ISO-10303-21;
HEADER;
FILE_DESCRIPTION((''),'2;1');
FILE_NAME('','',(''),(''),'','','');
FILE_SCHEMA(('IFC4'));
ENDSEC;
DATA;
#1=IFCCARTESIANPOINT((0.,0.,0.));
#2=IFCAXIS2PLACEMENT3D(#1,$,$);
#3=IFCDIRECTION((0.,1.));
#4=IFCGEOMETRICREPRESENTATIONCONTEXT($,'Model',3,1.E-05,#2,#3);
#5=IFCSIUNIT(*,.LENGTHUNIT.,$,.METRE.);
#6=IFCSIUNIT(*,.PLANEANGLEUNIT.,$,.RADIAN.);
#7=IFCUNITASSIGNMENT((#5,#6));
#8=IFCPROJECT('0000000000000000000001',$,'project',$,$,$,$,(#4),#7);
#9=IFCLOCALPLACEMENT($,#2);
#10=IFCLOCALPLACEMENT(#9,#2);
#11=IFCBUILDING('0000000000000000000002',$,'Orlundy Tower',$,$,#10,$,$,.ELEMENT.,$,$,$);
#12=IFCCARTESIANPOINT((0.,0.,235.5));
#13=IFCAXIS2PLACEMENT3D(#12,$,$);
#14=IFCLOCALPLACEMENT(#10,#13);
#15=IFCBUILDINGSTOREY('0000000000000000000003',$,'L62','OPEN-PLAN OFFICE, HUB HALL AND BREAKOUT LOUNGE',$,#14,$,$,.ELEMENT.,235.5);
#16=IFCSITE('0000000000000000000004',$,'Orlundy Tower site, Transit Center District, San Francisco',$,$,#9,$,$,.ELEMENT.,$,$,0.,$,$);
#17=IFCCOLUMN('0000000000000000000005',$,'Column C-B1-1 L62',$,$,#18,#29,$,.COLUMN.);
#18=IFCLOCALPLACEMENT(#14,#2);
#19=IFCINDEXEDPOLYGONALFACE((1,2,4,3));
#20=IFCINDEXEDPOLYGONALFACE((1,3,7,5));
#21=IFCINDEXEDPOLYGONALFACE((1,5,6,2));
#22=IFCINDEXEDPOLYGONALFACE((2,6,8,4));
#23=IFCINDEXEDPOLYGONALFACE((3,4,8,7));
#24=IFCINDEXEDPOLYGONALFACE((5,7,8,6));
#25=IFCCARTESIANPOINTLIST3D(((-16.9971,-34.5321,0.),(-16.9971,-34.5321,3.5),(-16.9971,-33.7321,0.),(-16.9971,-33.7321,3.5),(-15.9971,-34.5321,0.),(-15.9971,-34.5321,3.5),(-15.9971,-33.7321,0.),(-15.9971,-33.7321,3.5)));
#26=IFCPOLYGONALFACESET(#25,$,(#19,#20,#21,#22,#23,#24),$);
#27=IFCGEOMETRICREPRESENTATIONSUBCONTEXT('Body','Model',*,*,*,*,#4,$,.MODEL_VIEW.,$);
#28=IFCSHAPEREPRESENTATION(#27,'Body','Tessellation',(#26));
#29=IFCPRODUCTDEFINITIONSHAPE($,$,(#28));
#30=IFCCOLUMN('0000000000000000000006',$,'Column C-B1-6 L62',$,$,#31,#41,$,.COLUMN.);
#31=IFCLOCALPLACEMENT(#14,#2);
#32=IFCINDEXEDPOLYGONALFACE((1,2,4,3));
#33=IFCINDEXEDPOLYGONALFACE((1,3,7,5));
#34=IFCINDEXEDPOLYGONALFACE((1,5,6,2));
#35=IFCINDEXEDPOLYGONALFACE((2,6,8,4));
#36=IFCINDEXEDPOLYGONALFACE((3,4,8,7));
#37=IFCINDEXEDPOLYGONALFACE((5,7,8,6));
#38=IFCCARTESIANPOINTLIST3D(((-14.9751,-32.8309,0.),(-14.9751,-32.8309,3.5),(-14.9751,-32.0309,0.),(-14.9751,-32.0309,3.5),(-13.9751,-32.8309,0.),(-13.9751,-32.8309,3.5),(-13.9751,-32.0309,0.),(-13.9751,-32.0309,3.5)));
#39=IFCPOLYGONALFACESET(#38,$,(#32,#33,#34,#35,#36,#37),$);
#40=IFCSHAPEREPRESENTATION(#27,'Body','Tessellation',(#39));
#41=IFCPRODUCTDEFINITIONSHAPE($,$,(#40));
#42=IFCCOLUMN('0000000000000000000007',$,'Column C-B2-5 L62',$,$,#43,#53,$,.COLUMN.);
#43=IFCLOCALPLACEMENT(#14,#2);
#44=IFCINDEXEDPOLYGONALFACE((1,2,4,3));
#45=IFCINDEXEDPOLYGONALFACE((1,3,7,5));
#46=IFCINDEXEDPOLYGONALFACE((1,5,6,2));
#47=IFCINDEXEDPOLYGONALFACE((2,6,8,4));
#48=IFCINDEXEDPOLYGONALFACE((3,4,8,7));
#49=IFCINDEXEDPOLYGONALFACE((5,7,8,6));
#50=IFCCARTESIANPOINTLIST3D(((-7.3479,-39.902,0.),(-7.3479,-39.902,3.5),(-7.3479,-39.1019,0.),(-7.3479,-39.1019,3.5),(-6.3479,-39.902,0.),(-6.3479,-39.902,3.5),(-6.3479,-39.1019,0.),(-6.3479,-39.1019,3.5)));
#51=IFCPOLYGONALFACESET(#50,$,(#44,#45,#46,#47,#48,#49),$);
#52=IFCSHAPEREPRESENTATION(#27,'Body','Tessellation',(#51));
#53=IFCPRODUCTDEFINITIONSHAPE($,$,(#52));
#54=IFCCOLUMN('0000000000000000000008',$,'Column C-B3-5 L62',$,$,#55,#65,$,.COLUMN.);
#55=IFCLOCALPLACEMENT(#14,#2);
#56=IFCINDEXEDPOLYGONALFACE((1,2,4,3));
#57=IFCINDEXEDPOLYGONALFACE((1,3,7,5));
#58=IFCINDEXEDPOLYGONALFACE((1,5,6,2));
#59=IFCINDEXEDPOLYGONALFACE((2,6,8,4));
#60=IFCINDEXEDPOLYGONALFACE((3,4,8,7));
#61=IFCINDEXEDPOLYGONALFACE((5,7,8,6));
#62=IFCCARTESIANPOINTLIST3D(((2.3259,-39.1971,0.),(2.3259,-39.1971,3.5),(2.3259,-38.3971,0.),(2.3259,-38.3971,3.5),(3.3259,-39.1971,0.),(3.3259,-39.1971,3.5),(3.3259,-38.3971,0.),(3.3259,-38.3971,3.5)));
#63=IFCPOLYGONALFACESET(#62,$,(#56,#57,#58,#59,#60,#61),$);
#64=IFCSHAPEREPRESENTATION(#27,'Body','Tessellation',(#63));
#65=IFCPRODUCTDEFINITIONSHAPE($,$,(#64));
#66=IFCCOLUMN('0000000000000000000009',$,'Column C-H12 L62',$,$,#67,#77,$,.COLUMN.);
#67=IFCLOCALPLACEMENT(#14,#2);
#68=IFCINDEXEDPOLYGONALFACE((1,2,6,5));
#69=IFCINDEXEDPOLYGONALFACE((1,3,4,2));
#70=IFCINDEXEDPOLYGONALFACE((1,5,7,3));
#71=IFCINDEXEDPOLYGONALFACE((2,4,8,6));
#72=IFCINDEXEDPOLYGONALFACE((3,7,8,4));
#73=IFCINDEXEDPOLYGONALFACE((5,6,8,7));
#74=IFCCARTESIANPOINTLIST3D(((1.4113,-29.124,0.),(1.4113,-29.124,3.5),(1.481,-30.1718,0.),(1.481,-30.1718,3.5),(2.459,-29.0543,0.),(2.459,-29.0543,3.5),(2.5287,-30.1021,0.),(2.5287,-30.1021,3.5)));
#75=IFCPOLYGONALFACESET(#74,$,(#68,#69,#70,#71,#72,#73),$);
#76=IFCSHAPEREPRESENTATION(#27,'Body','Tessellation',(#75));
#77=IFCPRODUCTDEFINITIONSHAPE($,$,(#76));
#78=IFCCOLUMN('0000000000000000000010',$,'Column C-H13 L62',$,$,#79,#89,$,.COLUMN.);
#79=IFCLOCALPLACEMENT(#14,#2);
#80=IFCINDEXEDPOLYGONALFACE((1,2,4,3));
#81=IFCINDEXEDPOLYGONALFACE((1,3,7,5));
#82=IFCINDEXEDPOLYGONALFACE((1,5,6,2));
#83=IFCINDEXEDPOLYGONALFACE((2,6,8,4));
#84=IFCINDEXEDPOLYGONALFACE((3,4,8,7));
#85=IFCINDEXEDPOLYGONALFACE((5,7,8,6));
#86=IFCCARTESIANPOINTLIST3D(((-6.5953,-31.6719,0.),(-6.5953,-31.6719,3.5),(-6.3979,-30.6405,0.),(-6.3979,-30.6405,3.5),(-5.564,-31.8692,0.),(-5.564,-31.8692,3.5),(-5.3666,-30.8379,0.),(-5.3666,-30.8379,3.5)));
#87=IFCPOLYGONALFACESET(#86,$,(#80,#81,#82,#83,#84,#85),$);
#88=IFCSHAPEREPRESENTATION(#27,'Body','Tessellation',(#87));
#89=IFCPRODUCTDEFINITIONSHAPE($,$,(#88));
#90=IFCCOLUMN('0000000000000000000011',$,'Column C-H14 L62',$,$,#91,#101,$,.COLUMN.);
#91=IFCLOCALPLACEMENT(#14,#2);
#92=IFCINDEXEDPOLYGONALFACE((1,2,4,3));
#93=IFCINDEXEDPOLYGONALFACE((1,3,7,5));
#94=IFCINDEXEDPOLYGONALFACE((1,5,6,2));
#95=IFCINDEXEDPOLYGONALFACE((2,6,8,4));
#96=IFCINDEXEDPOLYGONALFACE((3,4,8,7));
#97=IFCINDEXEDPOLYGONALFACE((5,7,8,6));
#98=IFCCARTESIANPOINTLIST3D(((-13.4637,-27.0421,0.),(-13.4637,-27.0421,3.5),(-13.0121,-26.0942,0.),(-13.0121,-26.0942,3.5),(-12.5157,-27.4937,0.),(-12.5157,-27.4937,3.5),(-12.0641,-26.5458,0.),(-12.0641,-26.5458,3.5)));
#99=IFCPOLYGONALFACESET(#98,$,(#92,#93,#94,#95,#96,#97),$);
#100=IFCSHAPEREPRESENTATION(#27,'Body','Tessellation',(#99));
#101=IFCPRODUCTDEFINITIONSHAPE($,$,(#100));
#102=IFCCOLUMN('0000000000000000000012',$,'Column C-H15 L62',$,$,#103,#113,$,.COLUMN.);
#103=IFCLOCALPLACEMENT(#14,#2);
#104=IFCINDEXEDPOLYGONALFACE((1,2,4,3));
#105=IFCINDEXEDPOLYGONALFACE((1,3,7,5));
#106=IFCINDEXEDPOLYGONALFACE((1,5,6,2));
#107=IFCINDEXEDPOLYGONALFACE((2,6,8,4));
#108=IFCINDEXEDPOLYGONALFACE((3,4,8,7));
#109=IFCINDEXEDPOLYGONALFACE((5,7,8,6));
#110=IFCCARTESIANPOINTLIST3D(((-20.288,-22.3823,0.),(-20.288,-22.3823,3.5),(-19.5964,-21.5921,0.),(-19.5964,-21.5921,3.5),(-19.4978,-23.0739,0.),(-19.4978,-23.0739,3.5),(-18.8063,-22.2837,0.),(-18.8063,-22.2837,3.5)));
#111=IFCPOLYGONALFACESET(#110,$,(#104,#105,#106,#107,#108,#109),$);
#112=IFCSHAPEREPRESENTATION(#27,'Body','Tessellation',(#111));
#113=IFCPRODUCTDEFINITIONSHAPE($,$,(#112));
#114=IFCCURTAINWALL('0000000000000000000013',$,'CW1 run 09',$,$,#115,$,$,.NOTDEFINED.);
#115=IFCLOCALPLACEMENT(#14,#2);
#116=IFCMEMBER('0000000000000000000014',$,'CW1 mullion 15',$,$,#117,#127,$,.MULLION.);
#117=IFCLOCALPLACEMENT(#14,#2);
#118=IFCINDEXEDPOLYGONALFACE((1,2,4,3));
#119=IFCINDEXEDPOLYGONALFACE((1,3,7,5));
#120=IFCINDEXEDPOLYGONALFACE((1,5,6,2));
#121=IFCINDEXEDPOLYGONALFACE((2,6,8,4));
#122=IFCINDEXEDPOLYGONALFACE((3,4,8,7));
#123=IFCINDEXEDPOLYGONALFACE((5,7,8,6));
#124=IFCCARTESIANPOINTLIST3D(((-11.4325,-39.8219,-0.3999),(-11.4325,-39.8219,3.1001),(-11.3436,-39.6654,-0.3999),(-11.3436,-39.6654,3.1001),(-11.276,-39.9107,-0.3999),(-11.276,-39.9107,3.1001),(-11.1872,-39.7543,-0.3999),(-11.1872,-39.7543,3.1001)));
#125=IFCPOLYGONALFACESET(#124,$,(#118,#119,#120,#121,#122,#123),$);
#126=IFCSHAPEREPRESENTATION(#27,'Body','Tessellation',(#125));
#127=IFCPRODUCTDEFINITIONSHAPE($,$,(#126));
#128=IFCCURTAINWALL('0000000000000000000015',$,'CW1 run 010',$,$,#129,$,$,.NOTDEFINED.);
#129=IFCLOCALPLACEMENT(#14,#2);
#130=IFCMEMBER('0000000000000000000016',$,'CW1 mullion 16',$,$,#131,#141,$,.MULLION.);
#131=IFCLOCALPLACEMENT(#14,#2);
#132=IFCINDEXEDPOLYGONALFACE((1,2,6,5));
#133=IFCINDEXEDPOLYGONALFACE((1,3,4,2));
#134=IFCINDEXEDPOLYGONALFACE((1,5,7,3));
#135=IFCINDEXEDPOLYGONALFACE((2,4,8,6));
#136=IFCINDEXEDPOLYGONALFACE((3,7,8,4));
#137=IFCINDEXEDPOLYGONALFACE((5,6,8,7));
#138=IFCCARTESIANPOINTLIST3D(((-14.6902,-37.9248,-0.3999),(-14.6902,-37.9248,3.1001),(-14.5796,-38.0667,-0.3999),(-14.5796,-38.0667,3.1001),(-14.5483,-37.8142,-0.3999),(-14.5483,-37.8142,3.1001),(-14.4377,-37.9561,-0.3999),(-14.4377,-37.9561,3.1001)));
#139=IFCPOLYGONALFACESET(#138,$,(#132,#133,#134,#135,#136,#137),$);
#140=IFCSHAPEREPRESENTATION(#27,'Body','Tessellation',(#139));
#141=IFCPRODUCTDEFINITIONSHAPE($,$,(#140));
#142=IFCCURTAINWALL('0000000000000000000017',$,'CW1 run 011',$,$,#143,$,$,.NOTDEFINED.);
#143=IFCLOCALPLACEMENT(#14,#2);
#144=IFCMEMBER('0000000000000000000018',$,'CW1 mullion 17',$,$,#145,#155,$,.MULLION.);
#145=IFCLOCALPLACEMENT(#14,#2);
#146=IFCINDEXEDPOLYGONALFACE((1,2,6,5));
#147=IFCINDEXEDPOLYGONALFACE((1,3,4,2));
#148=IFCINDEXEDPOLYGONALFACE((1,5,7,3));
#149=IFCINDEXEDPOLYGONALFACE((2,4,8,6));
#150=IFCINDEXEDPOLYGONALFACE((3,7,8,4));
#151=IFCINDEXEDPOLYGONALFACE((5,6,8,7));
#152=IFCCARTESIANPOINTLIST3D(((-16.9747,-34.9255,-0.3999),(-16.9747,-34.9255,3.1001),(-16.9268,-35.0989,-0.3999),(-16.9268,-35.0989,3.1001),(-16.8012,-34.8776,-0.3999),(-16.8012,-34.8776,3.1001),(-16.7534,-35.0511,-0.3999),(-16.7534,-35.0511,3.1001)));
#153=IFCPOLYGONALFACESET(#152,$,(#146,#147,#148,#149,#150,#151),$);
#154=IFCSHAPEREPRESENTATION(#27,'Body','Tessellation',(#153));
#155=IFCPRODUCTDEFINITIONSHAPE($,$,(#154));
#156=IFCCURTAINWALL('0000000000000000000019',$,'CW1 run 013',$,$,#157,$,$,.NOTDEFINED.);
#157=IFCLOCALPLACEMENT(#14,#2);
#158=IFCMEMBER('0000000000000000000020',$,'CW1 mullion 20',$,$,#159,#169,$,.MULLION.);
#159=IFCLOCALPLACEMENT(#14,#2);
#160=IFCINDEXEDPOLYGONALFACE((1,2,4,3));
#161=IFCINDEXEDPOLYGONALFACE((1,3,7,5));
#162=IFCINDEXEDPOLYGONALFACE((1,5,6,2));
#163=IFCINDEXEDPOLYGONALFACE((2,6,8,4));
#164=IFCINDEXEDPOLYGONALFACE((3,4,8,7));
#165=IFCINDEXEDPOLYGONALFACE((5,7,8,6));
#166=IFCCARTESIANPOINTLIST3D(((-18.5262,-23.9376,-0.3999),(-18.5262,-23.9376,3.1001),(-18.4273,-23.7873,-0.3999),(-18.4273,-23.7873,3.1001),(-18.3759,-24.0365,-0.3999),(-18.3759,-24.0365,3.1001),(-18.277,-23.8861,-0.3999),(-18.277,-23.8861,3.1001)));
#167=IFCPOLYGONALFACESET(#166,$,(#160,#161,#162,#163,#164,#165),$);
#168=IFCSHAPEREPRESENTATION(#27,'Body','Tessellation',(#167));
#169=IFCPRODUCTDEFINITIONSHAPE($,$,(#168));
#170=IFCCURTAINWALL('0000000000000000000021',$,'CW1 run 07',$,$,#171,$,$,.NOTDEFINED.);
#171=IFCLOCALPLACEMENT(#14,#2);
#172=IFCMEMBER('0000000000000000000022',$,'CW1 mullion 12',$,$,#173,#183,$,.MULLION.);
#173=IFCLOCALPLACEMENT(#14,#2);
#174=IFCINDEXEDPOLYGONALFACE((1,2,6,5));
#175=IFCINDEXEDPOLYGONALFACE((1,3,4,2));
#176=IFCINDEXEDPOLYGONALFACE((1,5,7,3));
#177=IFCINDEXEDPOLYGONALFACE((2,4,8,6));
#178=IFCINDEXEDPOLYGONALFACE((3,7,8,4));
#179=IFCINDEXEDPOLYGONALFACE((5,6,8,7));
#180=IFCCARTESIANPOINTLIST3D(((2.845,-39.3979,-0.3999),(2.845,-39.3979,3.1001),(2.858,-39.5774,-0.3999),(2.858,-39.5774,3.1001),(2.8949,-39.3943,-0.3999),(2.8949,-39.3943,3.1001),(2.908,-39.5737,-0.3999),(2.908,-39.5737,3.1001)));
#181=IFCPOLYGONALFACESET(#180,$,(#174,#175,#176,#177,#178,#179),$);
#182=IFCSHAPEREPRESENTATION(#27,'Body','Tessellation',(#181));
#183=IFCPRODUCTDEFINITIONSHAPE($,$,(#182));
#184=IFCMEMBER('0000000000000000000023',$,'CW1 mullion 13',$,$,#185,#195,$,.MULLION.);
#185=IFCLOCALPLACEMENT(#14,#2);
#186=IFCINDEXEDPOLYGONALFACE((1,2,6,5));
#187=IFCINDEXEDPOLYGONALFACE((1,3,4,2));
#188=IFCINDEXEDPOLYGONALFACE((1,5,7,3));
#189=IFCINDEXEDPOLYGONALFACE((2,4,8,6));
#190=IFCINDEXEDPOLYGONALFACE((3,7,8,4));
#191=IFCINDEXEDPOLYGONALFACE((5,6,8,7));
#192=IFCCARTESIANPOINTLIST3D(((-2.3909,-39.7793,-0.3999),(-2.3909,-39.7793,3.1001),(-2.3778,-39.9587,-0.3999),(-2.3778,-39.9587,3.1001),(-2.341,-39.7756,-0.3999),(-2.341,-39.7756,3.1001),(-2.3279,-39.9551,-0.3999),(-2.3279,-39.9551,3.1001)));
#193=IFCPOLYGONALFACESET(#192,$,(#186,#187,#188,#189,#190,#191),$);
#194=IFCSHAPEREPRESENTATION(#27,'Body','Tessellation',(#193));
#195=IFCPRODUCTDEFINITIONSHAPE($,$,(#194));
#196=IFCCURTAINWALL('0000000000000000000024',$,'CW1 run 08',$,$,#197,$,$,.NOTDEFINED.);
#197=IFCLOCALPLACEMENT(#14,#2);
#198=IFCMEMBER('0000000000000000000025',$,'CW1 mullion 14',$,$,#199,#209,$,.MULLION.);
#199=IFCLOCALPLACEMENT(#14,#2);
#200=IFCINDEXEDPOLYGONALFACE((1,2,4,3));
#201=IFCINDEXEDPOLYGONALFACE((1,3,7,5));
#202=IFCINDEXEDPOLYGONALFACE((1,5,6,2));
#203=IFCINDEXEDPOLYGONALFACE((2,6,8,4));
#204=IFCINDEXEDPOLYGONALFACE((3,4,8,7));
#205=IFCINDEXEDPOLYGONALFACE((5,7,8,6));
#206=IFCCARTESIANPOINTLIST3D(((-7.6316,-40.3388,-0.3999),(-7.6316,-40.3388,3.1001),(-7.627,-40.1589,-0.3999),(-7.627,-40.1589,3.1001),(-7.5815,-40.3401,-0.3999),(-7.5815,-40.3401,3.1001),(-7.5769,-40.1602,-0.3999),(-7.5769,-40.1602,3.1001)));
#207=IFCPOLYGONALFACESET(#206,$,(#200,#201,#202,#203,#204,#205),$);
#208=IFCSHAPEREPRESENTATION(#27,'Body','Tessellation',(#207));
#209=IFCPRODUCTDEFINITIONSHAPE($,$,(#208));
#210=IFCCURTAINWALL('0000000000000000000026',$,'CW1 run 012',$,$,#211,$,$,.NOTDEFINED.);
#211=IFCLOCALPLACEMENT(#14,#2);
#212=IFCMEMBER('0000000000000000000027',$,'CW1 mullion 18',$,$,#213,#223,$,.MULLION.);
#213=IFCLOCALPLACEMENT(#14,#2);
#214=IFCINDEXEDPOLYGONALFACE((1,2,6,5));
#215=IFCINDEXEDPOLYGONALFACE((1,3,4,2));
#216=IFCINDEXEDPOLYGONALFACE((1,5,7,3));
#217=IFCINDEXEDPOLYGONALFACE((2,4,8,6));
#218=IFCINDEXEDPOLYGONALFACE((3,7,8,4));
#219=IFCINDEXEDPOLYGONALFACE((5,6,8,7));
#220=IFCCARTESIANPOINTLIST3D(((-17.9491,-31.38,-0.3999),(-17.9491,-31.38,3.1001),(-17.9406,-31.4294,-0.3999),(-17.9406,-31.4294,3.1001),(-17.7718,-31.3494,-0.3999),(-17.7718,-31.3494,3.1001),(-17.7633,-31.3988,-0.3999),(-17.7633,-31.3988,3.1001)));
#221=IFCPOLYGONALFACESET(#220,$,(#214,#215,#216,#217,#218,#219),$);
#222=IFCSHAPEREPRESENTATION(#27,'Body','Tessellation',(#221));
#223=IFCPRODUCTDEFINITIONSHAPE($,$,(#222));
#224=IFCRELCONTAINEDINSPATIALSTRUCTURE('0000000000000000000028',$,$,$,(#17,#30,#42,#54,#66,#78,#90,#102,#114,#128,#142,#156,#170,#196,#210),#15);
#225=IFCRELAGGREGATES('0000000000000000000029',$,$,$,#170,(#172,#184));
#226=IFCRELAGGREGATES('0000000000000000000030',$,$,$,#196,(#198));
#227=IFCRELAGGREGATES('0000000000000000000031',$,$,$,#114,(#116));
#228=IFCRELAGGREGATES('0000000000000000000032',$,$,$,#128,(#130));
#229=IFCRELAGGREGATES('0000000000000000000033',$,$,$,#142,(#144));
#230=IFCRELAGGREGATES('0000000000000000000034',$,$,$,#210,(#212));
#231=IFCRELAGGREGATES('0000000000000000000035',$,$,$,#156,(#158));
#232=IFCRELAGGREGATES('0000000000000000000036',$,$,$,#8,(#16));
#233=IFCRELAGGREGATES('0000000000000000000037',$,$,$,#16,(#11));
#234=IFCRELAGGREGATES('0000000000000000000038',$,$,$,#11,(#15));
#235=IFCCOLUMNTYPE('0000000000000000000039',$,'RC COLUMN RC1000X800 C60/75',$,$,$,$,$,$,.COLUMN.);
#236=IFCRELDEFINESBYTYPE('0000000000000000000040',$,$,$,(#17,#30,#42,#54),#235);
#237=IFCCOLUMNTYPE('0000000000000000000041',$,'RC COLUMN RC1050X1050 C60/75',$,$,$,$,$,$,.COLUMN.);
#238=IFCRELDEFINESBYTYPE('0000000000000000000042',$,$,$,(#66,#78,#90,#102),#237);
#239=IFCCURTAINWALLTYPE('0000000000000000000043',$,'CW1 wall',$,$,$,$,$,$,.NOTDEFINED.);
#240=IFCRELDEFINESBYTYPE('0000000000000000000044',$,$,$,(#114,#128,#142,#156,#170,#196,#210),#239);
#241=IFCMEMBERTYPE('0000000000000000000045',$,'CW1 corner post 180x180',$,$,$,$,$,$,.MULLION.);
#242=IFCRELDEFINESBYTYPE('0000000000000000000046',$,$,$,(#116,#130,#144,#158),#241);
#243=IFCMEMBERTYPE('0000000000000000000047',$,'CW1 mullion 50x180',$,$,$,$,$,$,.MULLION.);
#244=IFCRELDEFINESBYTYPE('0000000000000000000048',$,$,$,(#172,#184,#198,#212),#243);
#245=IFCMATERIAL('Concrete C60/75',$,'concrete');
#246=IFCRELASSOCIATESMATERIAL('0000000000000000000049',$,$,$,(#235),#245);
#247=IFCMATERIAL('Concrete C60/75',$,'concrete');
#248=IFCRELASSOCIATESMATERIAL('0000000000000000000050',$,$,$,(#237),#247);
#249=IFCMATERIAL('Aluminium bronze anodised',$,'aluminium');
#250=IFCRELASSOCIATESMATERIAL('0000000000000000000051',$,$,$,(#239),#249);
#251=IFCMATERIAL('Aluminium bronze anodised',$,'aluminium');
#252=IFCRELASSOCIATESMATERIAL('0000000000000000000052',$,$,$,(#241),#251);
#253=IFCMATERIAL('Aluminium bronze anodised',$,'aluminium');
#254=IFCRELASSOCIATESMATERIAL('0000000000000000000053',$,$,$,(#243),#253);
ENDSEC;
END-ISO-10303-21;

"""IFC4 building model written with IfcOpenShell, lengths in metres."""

from ifc_helpers import new_model, si_unit, direction, frame, origin, origin_2d, place, context, subcontext, project, spatial, rectangle, extrude, material, material_profile, profile_set, type_object, element, aggregate, save


model = new_model("IFC4")

# Units and contexts
model_context = context("Model", 3, precision=1e-05, world=origin(), true_north=direction((0.0, 1.0)))
body_context = subcontext(model_context, "Body", "Model", "MODEL_VIEW")
ifc_project = project(units=[si_unit("LENGTHUNIT", "METRE"), si_unit("PLANEANGLEUNIT", "RADIAN")], contexts=[model_context])

# Site, building, storey
site_placement = place(None, origin())
site = spatial("IfcSite", under=ifc_project, at=site_placement, Name="Orlundy Tower site, Transit Center District, San Francisco", CompositionType="ELEMENT", RefElevation=0.0)
building_placement = place(site_placement, origin())
building = spatial("IfcBuilding", under=site, at=building_placement, Name="Orlundy Tower", CompositionType="ELEMENT")
storey_placement = place(building_placement, frame((0.0, 0.0, 235.5)))
storey = spatial("IfcBuildingStorey", under=building, at=storey_placement, Name="L62", Description="OPEN-PLAN OFFICE, HUB HALL AND BREAKOUT LOUNGE", CompositionType="ELEMENT", Elevation=235.5)

# Columns
ifc_material_1 = material(Name="Concrete C60/75", Category="concrete")
ifc_material_profile_1 = material_profile(ifc_material_1, rectangle(XDim=1.0, YDim=0.8, at=origin_2d()), Name="RC1000X800")
ifc_profile_set_1 = profile_set([ifc_material_profile_1], Name="Concrete C60/75")
column_type_1 = type_object("IfcColumnType", Name="RC COLUMN RC1000X800 C60/75", PredefinedType="COLUMN", material=ifc_profile_set_1)
for number, where, z_axis, x_axis, name in (
    (1, (-16.4971, -34.1321, 0.0), (0.0, 0.0, 1.0), (1.0, 0.0, 0.0), "Column C-B1-1 L62"),
    (2, (-14.4751, -32.4309, 0.0), (0.0, 0.0, 1.0), (1.0, 0.0, 0.0), "Column C-B1-6 L62"),
    (3, (-6.8479, -39.502, 0.0), (0.0, 0.0, 1.0), (1.0, 0.0, 0.0), "Column C-B2-5 L62"),
    (4, (2.8259, -38.7971, 0.0), (0.0, 0.0, 1.0), (1.0, 0.0, 0.0), "Column C-B3-5 L62"),
):
    element("IfcColumn", number, at=place(storey_placement, frame(where, z_axis=z_axis, x_axis=x_axis)), inside=storey, type_object=column_type_1, Name=name, PredefinedType="COLUMN", context=body_context, shape_type="SweptSolid", body=[
        extrude(rectangle(XDim=1.0, YDim=0.8, at=origin_2d()), origin(), (0.0, 0.0, 1.0), 3.5),
    ])
ifc_material_2 = material(Name="Concrete C60/75", Category="concrete")
ifc_material_profile_2 = material_profile(ifc_material_2, rectangle(XDim=1.05, YDim=1.05, at=origin_2d()), Name="RC1050X1050")
ifc_profile_set_2 = profile_set([ifc_material_profile_2], Name="Concrete C60/75")
column_type_2 = type_object("IfcColumnType", Name="RC COLUMN RC1050X1050 C60/75", PredefinedType="COLUMN", material=ifc_profile_set_2)
for number, where, z_axis, x_axis, name in (
    (5, (1.97, -29.613, 0.0), (0.0, 0.0, 1.0), (0.066378, -0.997795, 0.0), "Column C-H12 L62"),
    (6, (-5.981, -31.2549, 0.0), (0.0, 0.0, 1.0), (-0.187947, -0.982179, 0.0), "Column C-H13 L62"),
    (7, (-12.7639, -26.7939, 0.0), (0.0, 0.0, 1.0), (-0.43007, -0.902796, 0.0), "Column C-H14 L62"),
    (8, (-19.5471, -22.333, 0.0), (0.0, 0.0, 1.0), (-0.658611, -0.752484, 0.0), "Column C-H15 L62"),
):
    element("IfcColumn", number, at=place(storey_placement, frame(where, z_axis=z_axis, x_axis=x_axis)), inside=storey, type_object=column_type_2, Name=name, PredefinedType="COLUMN", context=body_context, shape_type="SweptSolid", body=[
        extrude(rectangle(XDim=1.05, YDim=1.05, at=origin_2d()), origin(), (0.0, 0.0, 1.0), 3.5),
    ])

# Curtain walls, members
ifc_material_3 = material(Name="Aluminium bronze anodised", Category="aluminium")
curtain_wall_type = type_object("IfcCurtainWallType", Name="CW1 wall", PredefinedType="NOTDEFINED", material=ifc_material_3)
curtain_wall_1_placement = place(storey_placement, origin())
curtain_wall_1 = element("IfcCurtainWall", 9, at=curtain_wall_1_placement, inside=storey, type_object=curtain_wall_type, Name="CW1 run 09", PredefinedType="NOTDEFINED")
ifc_material_4 = material(Name="Aluminium bronze anodised", Category="aluminium")
ifc_material_profile_3 = material_profile(ifc_material_4, rectangle(XDim=0.1799, YDim=0.1799, at=origin_2d()), Name="CW1 corner post 180x180")
ifc_profile_set_3 = profile_set([ifc_material_profile_3], Name="Aluminium bronze anodised")
member_type_1 = type_object("IfcMemberType", Name="CW1 corner post 180x180", PredefinedType="MULLION", material=ifc_profile_set_3)
member_1_placement = place(storey_placement, frame((-11.3098, -39.7881, -0.3999), z_axis=(0.0, 0.0, 1.0), x_axis=(-0.493754, -0.869601, 0.0)))
member_1 = element("IfcMember", 10, at=member_1_placement, type_object=member_type_1, Name="CW1 mullion 15", PredefinedType="MULLION", context=body_context, shape_type="SweptSolid", body=[
    extrude(rectangle(XDim=0.1799, YDim=0.1799, at=origin_2d()), origin(), (0.0, 0.0, 1.0), 3.5),
])
curtain_wall_2_placement = place(storey_placement, origin())
curtain_wall_2 = element("IfcCurtainWall", 11, at=curtain_wall_2_placement, inside=storey, type_object=curtain_wall_type, Name="CW1 run 010", PredefinedType="NOTDEFINED")
member_2_placement = place(storey_placement, frame((-14.564, -37.9404, -0.3999), z_axis=(0.0, 0.0, 1.0), x_axis=(-0.788858, -0.614575, 0.0)))
member_2 = element("IfcMember", 12, at=member_2_placement, type_object=member_type_1, Name="CW1 mullion 16", PredefinedType="MULLION", context=body_context, shape_type="SweptSolid", body=[
    extrude(rectangle(XDim=0.1799, YDim=0.1799, at=origin_2d()), origin(), (0.0, 0.0, 1.0), 3.5),
])
curtain_wall_3_placement = place(storey_placement, origin())
curtain_wall_3 = element("IfcCurtainWall", 13, at=curtain_wall_3_placement, inside=storey, type_object=curtain_wall_type, Name="CW1 run 011", PredefinedType="NOTDEFINED")
member_3_placement = place(storey_placement, frame((-16.864, -34.9883, -0.3999), z_axis=(0.0, 0.0, 1.0), x_axis=(-0.964038, -0.265765, 0.0)))
member_3 = element("IfcMember", 14, at=member_3_placement, type_object=member_type_1, Name="CW1 mullion 17", PredefinedType="MULLION", context=body_context, shape_type="SweptSolid", body=[
    extrude(rectangle(XDim=0.1799, YDim=0.1799, at=origin_2d()), origin(), (0.0, 0.0, 1.0), 3.5),
])
curtain_wall_4_placement = place(storey_placement, origin())
curtain_wall_4 = element("IfcCurtainWall", 15, at=curtain_wall_4_placement, inside=storey, type_object=curtain_wall_type, Name="CW1 run 013", PredefinedType="NOTDEFINED")
member_4_placement = place(storey_placement, frame((-18.4016, -23.9119, -0.3999), z_axis=(0.0, 0.0, 1.0), x_axis=(-0.549527, -0.835476, 0.0)))
member_4 = element("IfcMember", 16, at=member_4_placement, type_object=member_type_1, Name="CW1 mullion 20", PredefinedType="MULLION", context=body_context, shape_type="SweptSolid", body=[
    extrude(rectangle(XDim=0.1799, YDim=0.1799, at=origin_2d()), origin(), (0.0, 0.0, 1.0), 3.5),
])

# Curtain wall, members
curtain_wall_5_placement = place(storey_placement, origin())
curtain_wall_5 = element("IfcCurtainWall", 17, at=curtain_wall_5_placement, inside=storey, type_object=curtain_wall_type, Name="CW1 run 07", PredefinedType="NOTDEFINED")
ifc_material_5 = material(Name="Aluminium bronze anodised", Category="aluminium")
ifc_material_profile_4 = material_profile(ifc_material_5, rectangle(XDim=0.1799, YDim=0.05, at=origin_2d()), Name="CW1 mullion 50x180")
ifc_profile_set_4 = profile_set([ifc_material_profile_4], Name="Aluminium bronze anodised")
member_type_2 = type_object("IfcMemberType", Name="CW1 mullion 50x180", PredefinedType="MULLION", material=ifc_profile_set_4)
member_5_placement = place(storey_placement, frame((2.8765, -39.4858, -0.3999), z_axis=(0.0, 0.0, 1.0), x_axis=(0.072668, -0.997356, 0.0)))
member_5 = element("IfcMember", 18, at=member_5_placement, type_object=member_type_2, Name="CW1 mullion 12", PredefinedType="MULLION", context=body_context, shape_type="SweptSolid", body=[
    extrude(rectangle(XDim=0.1799, YDim=0.05, at=origin_2d()), origin(), (0.0, 0.0, 1.0), 3.5),
])
member_6_placement = place(storey_placement, frame((-2.3594, -39.8672, -0.3999), z_axis=(0.0, 0.0, 1.0), x_axis=(0.072668, -0.997356, 0.0)))
member_6 = element("IfcMember", 19, at=member_6_placement, type_object=member_type_2, Name="CW1 mullion 13", PredefinedType="MULLION", context=body_context, shape_type="SweptSolid", body=[
    extrude(rectangle(XDim=0.1799, YDim=0.05, at=origin_2d()), origin(), (0.0, 0.0, 1.0), 3.5),
])

# Curtain wall, member
curtain_wall_6_placement = place(storey_placement, origin())
curtain_wall_6 = element("IfcCurtainWall", 20, at=curtain_wall_6_placement, inside=storey, type_object=curtain_wall_type, Name="CW1 run 08", PredefinedType="NOTDEFINED")
member_7_placement = place(storey_placement, frame((-7.6042, -40.2495, -0.3999), z_axis=(0.0, 0.0, 1.0), x_axis=(-0.025558, -0.999673, 0.0)))
member_7 = element("IfcMember", 21, at=member_7_placement, type_object=member_type_2, Name="CW1 mullion 14", PredefinedType="MULLION", context=body_context, shape_type="SweptSolid", body=[
    extrude(rectangle(XDim=0.1799, YDim=0.05, at=origin_2d()), origin(), (0.0, 0.0, 1.0), 3.5),
])

# Curtain wall, member
curtain_wall_7_placement = place(storey_placement, origin())
curtain_wall_7 = element("IfcCurtainWall", 22, at=curtain_wall_7_placement, inside=storey, type_object=curtain_wall_type, Name="CW1 run 012", PredefinedType="NOTDEFINED")
member_8_placement = place(storey_placement, frame((-17.8562, -31.3894, -0.3999), z_axis=(0.0, 0.0, 1.0), x_axis=(-0.985431, -0.170073, 0.0)))
member_8 = element("IfcMember", 23, at=member_8_placement, type_object=member_type_2, Name="CW1 mullion 18", PredefinedType="MULLION", context=body_context, shape_type="SweptSolid", body=[
    extrude(rectangle(XDim=0.1799, YDim=0.05, at=origin_2d()), origin(), (0.0, 0.0, 1.0), 3.5),
])

aggregate(curtain_wall_5, [member_5, member_6])
aggregate(curtain_wall_6, [member_7])
aggregate(curtain_wall_1, [member_1])
aggregate(curtain_wall_2, [member_2])
aggregate(curtain_wall_3, [member_3])
aggregate(curtain_wall_7, [member_8])
aggregate(curtain_wall_4, [member_4])

save(model, "model.ifc")
